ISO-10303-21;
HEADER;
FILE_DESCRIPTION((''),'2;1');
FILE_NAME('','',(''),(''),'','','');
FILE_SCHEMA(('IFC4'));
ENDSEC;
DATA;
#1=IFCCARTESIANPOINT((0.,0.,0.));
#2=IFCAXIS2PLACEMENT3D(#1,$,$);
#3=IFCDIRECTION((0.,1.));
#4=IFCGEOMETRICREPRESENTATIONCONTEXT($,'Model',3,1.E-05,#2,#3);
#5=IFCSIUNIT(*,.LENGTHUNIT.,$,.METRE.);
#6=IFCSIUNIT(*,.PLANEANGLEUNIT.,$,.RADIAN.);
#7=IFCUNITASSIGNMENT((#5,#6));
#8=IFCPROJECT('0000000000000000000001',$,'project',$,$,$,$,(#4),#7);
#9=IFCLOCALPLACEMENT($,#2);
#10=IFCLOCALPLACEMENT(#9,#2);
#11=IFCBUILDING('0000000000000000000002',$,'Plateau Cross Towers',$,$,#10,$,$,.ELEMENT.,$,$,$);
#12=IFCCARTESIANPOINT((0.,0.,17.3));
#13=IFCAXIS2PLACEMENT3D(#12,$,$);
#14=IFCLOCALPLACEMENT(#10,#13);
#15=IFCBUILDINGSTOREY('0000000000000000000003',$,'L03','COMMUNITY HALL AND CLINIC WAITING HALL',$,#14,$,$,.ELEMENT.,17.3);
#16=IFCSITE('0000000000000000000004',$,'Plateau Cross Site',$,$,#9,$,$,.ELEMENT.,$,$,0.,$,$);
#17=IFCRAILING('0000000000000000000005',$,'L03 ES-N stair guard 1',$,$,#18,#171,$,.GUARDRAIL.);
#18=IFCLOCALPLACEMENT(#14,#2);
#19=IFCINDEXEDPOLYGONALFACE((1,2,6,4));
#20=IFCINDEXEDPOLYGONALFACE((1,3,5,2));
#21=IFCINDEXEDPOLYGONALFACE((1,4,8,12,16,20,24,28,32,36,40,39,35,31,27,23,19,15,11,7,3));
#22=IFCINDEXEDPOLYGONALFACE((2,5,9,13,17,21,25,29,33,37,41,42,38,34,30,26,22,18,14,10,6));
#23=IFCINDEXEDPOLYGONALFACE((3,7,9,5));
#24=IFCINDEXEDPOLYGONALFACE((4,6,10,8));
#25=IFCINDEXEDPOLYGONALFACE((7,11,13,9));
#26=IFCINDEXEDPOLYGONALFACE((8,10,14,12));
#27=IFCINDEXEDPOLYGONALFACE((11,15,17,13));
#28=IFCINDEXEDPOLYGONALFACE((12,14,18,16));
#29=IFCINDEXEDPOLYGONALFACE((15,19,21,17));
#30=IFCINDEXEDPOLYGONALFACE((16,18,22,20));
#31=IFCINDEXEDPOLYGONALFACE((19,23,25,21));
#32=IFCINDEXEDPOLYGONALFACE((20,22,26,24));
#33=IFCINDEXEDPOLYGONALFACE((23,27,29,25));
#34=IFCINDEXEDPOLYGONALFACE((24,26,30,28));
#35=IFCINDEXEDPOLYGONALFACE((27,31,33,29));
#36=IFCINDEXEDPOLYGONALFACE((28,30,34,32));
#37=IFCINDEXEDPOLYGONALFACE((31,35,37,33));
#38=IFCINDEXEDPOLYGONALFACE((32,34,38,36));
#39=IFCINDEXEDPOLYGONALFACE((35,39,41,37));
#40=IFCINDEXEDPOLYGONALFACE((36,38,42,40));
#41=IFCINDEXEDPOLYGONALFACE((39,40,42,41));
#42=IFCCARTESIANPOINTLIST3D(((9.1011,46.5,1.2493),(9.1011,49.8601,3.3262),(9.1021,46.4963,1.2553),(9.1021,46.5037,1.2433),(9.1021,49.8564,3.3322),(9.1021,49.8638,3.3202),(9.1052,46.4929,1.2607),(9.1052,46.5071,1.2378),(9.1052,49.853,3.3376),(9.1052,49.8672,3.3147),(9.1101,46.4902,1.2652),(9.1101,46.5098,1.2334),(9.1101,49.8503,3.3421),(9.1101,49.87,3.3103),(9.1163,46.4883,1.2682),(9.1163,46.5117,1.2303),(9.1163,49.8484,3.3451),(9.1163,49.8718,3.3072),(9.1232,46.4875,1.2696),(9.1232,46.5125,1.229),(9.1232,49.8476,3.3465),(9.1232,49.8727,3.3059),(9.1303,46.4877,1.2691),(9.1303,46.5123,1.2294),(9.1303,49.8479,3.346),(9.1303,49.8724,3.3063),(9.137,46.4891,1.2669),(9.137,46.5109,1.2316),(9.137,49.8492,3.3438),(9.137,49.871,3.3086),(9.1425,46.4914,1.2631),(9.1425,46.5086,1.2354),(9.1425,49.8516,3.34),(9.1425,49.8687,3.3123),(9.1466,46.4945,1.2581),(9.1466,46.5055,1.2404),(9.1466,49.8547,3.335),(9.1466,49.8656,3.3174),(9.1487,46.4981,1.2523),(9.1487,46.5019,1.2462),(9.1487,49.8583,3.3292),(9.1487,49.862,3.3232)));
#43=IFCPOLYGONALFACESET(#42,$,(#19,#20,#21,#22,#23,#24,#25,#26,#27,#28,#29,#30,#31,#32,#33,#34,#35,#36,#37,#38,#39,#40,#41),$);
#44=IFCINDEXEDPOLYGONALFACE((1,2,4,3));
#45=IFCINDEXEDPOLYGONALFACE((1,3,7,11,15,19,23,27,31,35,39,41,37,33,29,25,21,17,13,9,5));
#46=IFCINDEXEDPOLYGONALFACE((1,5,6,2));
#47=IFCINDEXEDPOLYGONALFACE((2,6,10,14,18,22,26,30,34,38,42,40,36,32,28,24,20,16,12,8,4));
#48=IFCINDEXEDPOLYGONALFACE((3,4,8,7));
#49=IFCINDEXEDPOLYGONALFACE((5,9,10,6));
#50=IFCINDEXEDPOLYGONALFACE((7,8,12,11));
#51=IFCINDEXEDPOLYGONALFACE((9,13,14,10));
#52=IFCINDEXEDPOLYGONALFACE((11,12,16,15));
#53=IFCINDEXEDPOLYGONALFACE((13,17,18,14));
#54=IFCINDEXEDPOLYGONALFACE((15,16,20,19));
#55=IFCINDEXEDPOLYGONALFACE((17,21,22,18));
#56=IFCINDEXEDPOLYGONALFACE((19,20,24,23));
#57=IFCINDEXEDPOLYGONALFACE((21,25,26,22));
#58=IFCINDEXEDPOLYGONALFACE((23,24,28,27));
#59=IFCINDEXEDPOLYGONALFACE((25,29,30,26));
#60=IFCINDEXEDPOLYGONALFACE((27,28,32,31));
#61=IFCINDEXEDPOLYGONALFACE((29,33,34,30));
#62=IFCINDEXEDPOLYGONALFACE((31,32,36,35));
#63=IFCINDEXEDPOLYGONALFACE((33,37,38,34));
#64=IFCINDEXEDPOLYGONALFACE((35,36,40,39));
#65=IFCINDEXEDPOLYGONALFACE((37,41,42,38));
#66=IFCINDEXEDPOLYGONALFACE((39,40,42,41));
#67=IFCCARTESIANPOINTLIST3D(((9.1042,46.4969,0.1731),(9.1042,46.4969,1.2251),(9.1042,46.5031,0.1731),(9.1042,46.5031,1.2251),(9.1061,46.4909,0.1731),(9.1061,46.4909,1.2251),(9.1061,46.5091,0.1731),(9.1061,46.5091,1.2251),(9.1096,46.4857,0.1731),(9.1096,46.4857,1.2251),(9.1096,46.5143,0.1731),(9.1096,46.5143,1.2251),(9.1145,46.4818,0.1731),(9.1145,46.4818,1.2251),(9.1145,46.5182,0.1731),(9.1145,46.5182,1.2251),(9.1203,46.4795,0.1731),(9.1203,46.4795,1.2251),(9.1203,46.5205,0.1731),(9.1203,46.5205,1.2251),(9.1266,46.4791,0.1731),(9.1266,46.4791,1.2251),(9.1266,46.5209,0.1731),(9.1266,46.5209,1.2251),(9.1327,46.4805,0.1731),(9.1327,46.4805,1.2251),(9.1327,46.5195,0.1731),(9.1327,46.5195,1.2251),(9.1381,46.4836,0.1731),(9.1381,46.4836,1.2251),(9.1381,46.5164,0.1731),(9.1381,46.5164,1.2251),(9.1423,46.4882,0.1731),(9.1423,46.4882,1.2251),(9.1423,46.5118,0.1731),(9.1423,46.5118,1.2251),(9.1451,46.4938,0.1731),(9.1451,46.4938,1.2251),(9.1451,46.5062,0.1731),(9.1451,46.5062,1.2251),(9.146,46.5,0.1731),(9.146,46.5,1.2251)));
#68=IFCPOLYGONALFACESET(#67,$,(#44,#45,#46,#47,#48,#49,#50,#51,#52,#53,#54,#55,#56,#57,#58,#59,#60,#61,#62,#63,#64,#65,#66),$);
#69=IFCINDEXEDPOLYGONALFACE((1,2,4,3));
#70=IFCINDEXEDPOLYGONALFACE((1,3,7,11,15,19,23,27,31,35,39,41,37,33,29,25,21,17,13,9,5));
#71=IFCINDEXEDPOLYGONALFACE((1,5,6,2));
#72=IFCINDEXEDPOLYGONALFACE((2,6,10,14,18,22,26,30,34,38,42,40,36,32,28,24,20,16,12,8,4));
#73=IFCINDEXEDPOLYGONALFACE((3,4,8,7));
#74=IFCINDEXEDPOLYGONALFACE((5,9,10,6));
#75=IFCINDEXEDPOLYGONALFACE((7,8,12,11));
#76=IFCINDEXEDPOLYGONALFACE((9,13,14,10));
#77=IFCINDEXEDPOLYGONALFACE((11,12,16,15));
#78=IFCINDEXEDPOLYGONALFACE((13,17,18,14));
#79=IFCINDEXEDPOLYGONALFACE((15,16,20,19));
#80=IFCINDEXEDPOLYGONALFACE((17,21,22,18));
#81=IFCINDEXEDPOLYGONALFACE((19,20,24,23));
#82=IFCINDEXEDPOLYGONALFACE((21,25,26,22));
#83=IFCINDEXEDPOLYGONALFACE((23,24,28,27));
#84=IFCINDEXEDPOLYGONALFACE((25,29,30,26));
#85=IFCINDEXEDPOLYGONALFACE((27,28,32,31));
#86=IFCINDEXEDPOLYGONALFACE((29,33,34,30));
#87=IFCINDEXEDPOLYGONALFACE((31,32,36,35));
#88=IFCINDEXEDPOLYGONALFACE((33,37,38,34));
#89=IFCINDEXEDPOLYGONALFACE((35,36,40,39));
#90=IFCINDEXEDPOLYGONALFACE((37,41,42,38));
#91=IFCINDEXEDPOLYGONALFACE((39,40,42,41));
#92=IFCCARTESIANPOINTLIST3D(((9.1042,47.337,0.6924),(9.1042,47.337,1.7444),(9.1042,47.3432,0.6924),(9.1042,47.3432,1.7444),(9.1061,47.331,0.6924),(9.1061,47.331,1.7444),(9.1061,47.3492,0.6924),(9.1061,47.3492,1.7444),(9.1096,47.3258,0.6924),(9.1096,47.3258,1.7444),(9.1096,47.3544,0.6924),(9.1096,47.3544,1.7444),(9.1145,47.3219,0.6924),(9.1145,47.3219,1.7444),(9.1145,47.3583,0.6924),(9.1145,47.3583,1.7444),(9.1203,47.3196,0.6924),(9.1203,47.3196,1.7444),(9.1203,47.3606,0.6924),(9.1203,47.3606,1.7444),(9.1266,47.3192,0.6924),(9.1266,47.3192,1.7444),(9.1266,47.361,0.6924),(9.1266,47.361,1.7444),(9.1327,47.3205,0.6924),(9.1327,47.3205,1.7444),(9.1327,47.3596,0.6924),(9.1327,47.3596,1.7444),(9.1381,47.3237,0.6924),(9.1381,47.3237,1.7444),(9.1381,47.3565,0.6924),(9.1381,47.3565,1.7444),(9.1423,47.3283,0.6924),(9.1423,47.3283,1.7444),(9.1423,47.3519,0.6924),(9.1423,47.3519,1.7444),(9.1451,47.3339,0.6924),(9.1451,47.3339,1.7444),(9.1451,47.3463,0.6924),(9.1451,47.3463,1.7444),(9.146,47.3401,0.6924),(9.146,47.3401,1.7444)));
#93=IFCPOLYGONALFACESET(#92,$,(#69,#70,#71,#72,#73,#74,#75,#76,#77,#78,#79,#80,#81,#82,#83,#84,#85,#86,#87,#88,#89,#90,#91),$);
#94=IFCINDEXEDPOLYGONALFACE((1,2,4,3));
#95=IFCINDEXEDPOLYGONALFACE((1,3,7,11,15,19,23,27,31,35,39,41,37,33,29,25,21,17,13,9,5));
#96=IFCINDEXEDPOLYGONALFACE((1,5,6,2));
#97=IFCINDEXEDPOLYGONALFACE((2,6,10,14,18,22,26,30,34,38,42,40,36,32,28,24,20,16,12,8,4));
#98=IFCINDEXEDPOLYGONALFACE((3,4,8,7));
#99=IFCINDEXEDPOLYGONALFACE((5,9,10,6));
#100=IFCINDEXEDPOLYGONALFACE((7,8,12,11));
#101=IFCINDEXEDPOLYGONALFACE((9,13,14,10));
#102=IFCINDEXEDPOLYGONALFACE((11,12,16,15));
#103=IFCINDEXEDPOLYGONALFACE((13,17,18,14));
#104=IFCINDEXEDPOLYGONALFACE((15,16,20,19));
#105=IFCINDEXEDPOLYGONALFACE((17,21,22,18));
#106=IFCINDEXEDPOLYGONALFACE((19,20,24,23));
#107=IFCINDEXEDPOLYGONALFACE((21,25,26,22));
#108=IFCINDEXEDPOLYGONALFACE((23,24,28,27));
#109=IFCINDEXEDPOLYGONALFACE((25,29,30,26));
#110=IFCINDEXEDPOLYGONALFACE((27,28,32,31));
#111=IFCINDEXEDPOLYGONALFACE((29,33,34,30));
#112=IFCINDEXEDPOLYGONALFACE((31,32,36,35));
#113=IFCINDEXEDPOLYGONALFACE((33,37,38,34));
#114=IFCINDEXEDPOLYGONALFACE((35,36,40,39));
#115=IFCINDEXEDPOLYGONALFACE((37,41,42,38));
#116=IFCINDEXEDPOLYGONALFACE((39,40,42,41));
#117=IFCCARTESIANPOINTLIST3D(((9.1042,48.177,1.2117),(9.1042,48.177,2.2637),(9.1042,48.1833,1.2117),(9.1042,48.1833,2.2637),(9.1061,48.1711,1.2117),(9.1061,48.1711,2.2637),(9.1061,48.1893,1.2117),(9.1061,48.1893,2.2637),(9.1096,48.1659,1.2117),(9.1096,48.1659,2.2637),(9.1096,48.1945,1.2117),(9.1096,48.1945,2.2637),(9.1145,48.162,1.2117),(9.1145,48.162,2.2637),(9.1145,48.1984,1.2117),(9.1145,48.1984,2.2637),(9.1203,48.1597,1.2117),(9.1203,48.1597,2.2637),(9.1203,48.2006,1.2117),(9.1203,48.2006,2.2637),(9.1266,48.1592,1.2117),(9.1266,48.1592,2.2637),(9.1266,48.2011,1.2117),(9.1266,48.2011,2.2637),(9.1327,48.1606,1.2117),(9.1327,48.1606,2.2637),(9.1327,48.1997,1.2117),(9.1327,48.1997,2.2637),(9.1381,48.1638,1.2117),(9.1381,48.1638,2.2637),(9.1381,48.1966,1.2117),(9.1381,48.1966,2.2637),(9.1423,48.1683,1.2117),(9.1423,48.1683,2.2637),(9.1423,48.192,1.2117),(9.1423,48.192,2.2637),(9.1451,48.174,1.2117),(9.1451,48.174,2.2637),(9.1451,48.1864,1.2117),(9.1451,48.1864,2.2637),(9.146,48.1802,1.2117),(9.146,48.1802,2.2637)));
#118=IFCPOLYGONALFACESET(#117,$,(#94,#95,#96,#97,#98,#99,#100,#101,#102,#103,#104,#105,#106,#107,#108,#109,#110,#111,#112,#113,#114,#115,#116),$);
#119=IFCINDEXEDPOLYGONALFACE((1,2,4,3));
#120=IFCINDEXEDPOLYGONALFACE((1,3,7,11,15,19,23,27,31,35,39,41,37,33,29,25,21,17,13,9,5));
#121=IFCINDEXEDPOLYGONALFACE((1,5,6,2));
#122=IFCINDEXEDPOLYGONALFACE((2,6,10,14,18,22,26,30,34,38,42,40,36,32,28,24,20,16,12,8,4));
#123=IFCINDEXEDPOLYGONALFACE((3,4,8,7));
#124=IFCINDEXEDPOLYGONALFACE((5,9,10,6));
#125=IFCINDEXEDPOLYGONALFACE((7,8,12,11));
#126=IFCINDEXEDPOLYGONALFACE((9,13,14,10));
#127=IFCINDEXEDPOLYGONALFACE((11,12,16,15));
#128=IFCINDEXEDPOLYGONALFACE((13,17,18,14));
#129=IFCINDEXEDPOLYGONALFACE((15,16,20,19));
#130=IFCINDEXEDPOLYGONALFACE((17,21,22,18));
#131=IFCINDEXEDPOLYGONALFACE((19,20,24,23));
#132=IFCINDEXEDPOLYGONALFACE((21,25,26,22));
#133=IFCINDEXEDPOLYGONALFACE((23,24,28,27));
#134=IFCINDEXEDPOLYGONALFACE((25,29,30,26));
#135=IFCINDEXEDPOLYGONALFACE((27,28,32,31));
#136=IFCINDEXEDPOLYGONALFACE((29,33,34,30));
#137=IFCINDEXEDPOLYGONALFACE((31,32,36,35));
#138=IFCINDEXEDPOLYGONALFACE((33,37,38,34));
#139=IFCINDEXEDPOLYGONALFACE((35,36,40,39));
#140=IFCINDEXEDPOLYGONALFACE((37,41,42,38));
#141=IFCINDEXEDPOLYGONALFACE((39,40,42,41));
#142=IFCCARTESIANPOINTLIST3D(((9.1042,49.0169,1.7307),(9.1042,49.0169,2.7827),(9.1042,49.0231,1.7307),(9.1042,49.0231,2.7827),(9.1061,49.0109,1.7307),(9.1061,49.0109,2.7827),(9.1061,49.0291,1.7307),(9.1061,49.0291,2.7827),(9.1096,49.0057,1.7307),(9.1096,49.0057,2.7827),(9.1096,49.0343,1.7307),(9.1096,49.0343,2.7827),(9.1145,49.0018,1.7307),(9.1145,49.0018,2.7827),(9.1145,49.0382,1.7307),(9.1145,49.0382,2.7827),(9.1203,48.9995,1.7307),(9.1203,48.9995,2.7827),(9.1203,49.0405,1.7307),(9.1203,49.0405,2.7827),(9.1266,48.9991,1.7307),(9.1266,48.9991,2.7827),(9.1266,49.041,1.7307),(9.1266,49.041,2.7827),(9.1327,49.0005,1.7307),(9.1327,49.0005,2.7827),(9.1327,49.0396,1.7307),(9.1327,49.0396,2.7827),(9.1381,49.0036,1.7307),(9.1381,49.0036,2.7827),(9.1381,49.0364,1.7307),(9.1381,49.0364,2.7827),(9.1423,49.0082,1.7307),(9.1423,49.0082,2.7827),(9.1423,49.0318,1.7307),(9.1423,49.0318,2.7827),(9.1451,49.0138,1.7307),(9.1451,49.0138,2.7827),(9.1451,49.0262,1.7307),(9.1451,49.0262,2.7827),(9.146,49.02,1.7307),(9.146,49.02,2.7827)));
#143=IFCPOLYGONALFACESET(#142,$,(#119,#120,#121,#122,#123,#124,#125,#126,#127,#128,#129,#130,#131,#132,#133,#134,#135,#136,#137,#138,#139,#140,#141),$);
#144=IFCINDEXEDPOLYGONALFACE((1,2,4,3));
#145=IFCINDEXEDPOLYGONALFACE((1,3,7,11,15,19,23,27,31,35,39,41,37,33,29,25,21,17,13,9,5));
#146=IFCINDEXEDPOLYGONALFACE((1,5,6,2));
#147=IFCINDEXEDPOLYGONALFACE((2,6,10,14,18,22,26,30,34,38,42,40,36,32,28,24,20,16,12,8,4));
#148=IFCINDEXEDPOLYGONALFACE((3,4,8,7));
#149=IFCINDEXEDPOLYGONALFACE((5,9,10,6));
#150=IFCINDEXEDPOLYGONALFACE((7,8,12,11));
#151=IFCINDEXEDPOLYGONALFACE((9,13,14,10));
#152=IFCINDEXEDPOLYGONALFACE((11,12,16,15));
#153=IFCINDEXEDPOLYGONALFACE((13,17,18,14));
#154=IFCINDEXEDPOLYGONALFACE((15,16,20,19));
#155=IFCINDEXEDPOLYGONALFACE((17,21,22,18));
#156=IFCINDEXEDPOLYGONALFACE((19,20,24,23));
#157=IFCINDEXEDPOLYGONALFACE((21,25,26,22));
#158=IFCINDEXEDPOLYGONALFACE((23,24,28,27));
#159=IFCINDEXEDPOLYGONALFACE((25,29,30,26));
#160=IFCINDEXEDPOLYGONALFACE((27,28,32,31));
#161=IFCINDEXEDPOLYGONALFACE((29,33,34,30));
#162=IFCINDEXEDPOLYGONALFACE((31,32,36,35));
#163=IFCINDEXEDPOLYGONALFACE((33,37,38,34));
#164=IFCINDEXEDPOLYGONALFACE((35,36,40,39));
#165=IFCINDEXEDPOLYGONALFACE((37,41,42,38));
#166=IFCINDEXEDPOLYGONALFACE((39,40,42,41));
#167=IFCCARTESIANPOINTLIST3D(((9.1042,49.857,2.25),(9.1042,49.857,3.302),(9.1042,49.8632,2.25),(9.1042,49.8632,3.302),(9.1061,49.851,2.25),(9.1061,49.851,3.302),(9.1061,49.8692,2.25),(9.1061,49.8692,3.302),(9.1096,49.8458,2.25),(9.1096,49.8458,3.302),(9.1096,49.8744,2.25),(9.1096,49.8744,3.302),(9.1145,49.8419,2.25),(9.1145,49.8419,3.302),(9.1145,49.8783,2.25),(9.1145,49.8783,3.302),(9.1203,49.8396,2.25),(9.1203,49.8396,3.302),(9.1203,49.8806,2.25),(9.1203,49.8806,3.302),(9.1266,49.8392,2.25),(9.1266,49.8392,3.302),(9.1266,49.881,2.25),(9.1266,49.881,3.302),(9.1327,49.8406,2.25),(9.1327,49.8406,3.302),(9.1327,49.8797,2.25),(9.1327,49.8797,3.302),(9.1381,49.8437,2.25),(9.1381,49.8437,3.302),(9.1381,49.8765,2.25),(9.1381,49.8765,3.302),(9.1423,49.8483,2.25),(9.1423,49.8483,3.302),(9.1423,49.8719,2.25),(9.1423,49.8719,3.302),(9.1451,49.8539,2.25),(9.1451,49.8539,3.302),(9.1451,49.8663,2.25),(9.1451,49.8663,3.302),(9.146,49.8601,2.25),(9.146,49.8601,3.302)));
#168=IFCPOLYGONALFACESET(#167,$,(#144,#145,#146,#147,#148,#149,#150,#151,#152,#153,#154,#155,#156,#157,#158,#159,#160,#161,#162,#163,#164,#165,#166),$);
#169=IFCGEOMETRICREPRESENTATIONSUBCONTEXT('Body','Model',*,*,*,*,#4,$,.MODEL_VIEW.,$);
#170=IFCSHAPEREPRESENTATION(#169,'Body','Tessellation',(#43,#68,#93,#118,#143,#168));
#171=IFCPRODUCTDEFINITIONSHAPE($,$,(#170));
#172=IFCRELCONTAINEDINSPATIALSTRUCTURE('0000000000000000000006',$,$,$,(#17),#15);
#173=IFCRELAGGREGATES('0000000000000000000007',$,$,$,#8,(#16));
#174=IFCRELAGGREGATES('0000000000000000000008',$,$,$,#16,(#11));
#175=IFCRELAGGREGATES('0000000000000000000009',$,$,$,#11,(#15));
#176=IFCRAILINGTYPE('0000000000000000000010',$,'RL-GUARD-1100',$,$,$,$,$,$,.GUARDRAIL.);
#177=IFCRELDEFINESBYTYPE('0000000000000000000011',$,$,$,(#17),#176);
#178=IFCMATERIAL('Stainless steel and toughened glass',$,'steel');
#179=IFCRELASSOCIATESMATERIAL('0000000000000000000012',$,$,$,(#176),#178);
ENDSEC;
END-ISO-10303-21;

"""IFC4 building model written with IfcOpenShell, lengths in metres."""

from ifc_helpers import new_model, si_unit, direction, frame, origin, origin_2d, place, context, subcontext, project, spatial, circle, extrude, material, type_object, element, save


model = new_model("IFC4")

# Units and contexts
model_context = context("Model", 3, precision=1e-05, world=origin(), true_north=direction((0.0, 1.0)))
body_context = subcontext(model_context, "Body", "Model", "MODEL_VIEW")
ifc_project = project(units=[si_unit("LENGTHUNIT", "METRE"), si_unit("PLANEANGLEUNIT", "RADIAN")], contexts=[model_context])

# Site, building, storey
site_placement = place(None, origin())
site = spatial("IfcSite", under=ifc_project, at=site_placement, Name="Plateau Cross Site", CompositionType="ELEMENT", RefElevation=0.0)
building_placement = place(site_placement, origin())
building = spatial("IfcBuilding", under=site, at=building_placement, Name="Plateau Cross Towers", CompositionType="ELEMENT")
storey_placement = place(building_placement, frame((0.0, 0.0, 17.3)))
storey = spatial("IfcBuildingStorey", under=building, at=storey_placement, Name="L03", Description="COMMUNITY HALL AND CLINIC WAITING HALL", CompositionType="ELEMENT", Elevation=17.3)

# Railing
ifc_material_1 = material(Name="Stainless steel and toughened glass", Category="steel")
railing_type_1 = type_object("IfcRailingType", Name="RL-GUARD-1100", PredefinedType="GUARDRAIL", material=ifc_material_1)
railing_1_placement = place(storey_placement, frame((9.125, 46.5, 0.1731)))
element("IfcRailing", 1, at=railing_1_placement, inside=storey, type_object=railing_type_1, Name="L03 ES-N stair guard 1", PredefinedType="GUARDRAIL", context=body_context, shape_type="SweptSolid", body=[
    extrude(circle(Radius=0.0239, at=origin_2d()), frame((0.0, 0.0, 1.0762), z_axis=(0.0, 0.850623, 0.525776), x_axis=(-1.0, 0.0, 0.0)), (0.0, 0.0, 1.0), 3.9502),
    extrude(circle(Radius=0.021, at=origin_2d()), origin(), (0.0, 0.0, 1.0), 1.052),
    extrude(circle(Radius=0.021, at=origin_2d()), frame((0.0, 0.8401, 0.5193)), (0.0, 0.0, 1.0), 1.052),
    extrude(circle(Radius=0.021, at=origin_2d()), frame((0.0, 1.6802, 1.0386)), (0.0, 0.0, 1.0), 1.052),
    extrude(circle(Radius=0.021, at=origin_2d()), frame((0.0, 2.52, 1.5576)), (0.0, 0.0, 1.0), 1.052),
    extrude(circle(Radius=0.021, at=origin_2d()), frame((0.0, 3.3601, 2.0769)), (0.0, 0.0, 1.0), 1.052),
])

save(model, "model.ifc")
